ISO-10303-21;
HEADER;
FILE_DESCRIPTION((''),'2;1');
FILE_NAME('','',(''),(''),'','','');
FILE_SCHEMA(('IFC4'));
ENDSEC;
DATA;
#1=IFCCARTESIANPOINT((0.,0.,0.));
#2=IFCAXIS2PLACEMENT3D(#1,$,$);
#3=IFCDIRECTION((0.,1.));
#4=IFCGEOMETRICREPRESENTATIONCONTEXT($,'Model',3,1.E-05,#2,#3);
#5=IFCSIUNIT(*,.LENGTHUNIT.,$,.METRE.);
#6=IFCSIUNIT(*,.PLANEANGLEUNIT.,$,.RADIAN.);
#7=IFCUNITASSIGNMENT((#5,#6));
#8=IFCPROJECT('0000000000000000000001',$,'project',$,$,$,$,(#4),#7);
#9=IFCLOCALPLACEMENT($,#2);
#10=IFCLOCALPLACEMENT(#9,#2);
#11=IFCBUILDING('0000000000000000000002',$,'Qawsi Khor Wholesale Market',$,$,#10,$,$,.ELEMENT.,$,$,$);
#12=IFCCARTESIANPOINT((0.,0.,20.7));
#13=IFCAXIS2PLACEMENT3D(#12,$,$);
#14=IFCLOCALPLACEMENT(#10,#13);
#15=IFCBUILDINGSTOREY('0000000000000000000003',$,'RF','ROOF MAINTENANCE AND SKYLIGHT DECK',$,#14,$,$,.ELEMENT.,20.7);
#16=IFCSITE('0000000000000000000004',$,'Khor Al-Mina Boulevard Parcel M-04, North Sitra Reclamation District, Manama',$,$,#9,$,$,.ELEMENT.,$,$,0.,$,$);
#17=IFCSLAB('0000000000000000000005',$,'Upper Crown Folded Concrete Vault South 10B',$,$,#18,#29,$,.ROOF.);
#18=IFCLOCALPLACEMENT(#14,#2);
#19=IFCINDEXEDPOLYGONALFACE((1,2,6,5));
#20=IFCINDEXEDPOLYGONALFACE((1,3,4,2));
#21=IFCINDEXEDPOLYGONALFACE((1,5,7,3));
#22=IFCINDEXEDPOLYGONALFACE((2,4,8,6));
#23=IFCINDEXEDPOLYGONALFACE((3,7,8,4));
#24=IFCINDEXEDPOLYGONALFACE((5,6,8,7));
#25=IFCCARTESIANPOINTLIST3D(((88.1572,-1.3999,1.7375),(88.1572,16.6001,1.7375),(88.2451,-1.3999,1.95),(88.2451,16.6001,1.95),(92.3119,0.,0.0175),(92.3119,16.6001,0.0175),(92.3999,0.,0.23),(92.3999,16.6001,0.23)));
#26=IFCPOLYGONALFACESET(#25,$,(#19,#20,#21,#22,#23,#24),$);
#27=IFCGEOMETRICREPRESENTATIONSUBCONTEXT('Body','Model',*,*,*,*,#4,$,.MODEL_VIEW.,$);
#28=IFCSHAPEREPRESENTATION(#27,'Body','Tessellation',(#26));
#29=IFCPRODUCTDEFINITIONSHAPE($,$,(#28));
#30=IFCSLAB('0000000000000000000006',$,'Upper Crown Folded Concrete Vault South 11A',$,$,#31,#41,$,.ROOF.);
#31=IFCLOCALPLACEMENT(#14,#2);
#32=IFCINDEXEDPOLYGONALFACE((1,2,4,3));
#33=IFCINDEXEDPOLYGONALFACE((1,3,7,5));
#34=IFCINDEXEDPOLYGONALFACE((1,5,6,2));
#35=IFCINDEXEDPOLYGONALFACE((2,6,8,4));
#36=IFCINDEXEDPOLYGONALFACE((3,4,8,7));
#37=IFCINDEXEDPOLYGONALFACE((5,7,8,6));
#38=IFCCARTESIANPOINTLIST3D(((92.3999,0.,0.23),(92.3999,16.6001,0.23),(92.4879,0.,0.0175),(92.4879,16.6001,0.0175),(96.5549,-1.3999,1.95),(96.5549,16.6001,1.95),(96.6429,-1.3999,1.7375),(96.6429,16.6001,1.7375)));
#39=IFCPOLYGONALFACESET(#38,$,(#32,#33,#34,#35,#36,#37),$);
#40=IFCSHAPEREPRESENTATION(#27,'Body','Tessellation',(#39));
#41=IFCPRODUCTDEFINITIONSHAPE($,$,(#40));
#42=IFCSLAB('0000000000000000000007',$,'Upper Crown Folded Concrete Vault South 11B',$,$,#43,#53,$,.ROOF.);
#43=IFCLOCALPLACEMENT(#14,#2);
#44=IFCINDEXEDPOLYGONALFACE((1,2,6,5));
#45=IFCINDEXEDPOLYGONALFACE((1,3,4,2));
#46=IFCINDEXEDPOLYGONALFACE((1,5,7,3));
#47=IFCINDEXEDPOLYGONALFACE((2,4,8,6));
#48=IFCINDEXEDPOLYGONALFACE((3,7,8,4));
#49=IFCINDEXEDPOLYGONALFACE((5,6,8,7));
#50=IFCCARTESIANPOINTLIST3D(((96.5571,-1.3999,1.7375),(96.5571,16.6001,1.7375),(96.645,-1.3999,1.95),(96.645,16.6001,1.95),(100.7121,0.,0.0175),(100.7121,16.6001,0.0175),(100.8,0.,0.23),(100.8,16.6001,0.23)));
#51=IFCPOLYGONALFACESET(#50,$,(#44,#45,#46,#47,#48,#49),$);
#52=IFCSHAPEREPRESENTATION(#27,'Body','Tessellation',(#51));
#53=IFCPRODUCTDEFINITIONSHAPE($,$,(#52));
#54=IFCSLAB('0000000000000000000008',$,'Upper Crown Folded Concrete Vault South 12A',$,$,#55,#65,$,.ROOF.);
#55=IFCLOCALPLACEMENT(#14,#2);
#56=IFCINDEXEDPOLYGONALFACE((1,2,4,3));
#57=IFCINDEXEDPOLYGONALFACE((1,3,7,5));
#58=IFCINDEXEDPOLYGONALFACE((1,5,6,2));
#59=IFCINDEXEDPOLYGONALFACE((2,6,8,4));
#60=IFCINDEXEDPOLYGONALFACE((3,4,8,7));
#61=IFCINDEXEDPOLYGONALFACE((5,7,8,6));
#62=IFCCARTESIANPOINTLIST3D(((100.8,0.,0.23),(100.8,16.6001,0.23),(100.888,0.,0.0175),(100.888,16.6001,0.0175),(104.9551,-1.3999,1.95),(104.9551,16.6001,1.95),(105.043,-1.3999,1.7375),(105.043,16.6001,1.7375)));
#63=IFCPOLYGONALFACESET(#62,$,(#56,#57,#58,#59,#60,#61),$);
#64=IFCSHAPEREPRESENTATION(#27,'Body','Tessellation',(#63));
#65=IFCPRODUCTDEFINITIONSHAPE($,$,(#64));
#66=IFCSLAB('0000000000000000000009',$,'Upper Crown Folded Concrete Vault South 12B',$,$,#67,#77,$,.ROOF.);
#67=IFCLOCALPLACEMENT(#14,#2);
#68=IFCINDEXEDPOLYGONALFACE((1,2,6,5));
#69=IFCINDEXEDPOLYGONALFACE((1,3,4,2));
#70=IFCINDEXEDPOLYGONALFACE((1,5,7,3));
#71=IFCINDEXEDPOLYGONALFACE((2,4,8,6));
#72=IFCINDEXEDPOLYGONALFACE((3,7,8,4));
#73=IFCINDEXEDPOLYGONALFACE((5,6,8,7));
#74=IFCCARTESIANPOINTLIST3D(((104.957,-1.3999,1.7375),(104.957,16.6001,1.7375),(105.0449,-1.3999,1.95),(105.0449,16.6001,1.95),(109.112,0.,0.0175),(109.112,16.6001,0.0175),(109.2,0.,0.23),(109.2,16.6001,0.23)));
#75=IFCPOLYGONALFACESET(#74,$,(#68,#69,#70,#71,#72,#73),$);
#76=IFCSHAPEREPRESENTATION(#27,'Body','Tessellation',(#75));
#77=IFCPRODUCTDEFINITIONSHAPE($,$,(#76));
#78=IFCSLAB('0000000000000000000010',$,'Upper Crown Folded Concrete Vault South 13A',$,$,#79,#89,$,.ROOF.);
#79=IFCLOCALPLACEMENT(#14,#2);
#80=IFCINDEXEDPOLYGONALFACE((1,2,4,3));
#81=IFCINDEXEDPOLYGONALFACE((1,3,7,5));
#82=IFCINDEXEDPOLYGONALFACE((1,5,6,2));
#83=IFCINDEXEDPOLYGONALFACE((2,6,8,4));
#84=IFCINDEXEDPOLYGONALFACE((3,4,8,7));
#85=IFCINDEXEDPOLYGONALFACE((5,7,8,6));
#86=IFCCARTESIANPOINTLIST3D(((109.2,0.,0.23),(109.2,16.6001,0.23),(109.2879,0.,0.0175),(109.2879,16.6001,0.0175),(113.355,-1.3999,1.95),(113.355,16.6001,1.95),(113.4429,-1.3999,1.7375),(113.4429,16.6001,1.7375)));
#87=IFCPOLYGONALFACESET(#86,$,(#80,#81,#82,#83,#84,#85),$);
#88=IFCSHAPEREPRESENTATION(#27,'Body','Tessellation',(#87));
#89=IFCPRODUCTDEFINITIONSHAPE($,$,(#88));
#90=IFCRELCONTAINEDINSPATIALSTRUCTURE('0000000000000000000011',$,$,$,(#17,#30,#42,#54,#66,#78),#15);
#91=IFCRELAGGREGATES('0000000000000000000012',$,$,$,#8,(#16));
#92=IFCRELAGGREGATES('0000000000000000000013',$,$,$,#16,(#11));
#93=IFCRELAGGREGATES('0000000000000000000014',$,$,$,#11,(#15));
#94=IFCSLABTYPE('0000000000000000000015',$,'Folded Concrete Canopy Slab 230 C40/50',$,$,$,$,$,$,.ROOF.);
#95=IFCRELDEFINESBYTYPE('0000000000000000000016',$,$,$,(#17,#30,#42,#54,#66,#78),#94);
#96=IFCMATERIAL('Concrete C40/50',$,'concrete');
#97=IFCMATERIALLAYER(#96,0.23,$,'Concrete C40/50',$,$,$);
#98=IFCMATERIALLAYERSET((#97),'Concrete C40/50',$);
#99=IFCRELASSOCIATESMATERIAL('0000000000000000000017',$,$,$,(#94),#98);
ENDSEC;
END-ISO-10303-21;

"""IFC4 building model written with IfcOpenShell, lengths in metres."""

from ifc_helpers import new_model, si_unit, direction, frame, origin, place, context, subcontext, project, spatial, polyline, outline, extrude, material, layer, layer_set, type_object, element, save


model = new_model("IFC4")

# Units and contexts
model_context = context("Model", 3, precision=1e-05, world=origin(), true_north=direction((0.0, 1.0)))
body_context = subcontext(model_context, "Body", "Model", "MODEL_VIEW")
ifc_project = project(units=[si_unit("LENGTHUNIT", "METRE"), si_unit("PLANEANGLEUNIT", "RADIAN")], contexts=[model_context])

# Site, building, storey
site_placement = place(None, origin())
site = spatial("IfcSite", under=ifc_project, at=site_placement, Name="Khor Al-Mina Boulevard Parcel M-04, North Sitra Reclamation District, Manama", CompositionType="ELEMENT", RefElevation=0.0)
building_placement = place(site_placement, origin())
building = spatial("IfcBuilding", under=site, at=building_placement, Name="Qawsi Khor Wholesale Market", CompositionType="ELEMENT")
storey_placement = place(building_placement, frame((0.0, 0.0, 20.7)))
storey = spatial("IfcBuildingStorey", under=building, at=storey_placement, Name="RF", Description="ROOF MAINTENANCE AND SKYLIGHT DECK", CompositionType="ELEMENT", Elevation=20.7)

# Slabs
ifc_material_1 = material(Name="Concrete C40/50", Category="concrete")
ifc_layer = layer(ifc_material_1, 0.23, Name="Concrete C40/50")
ifc_layer_set = layer_set([ifc_layer], Name="Concrete C40/50")
slab_type = type_object("IfcSlabType", Name="Folded Concrete Canopy Slab 230 C40/50", PredefinedType="ROOF", material=ifc_layer_set)
slab_1_placement = place(storey_placement, frame((88.2451, -1.3999, 1.95), z_axis=(0.382494, 0.0, 0.923958), x_axis=(0.882196, 0.297245, -0.365206)))
element("IfcSlab", 1, at=slab_1_placement, inside=storey, type_object=slab_type, Name="Upper Crown Folded Concrete Vault South 10B", PredefinedType="ROOF", context=body_context, shape_type="SweptSolid", body=[
    extrude(outline(polyline([(0.0, 0.0), (4.7096, 0.0), (9.6439, 15.8498), (5.3504, 17.1864), (0.0, 0.0)])), origin(), (0.0, 0.0, -1.0), 0.23),
])
slab_2_placement = place(storey_placement, frame((92.3999, 0.0, 0.23), z_axis=(-0.382475, 0.0, 0.923966), x_axis=(0.882208, -0.297231, 0.365189)))
element("IfcSlab", 2, at=slab_2_placement, inside=storey, type_object=slab_type, Name="Upper Crown Folded Concrete Vault South 11A", PredefinedType="ROOF", context=body_context, shape_type="SweptSolid", body=[
    extrude(outline(polyline([(0.0, 0.0), (4.7098, 0.0), (-0.6404, 17.1865), (-4.9341, 15.8499), (0.0, 0.0)])), origin(), (0.0, 0.0, -1.0), 0.23),
])
slab_3_placement = place(storey_placement, frame((96.645, -1.3999, 1.95), z_axis=(0.382475, 0.0, 0.923966), x_axis=(0.882208, 0.297231, -0.365189)))
element("IfcSlab", 3, at=slab_3_placement, inside=storey, type_object=slab_type, Name="Upper Crown Folded Concrete Vault South 11B", PredefinedType="ROOF", context=body_context, shape_type="SweptSolid", body=[
    extrude(outline(polyline([(0.0, 0.0), (4.7098, 0.0), (9.6439, 15.8499), (5.3502, 17.1865), (0.0, 0.0)])), origin(), (0.0, 0.0, -1.0), 0.23),
])
slab_4_placement = place(storey_placement, frame((100.8, 0.0, 0.23), z_axis=(-0.382475, 0.0, 0.923966), x_axis=(0.882208, -0.297231, 0.365189)))
element("IfcSlab", 4, at=slab_4_placement, inside=storey, type_object=slab_type, Name="Upper Crown Folded Concrete Vault South 12A", PredefinedType="ROOF", context=body_context, shape_type="SweptSolid", body=[
    extrude(outline(polyline([(0.0, 0.0), (4.7098, 0.0), (-0.6404, 17.1865), (-4.9341, 15.8499), (0.0, 0.0)])), origin(), (0.0, 0.0, -1.0), 0.23),
])
slab_5_placement = place(storey_placement, frame((105.0449, -1.3999, 1.95), z_axis=(0.382475, 0.0, 0.923966), x_axis=(0.882208, 0.297231, -0.365189)))
element("IfcSlab", 5, at=slab_5_placement, inside=storey, type_object=slab_type, Name="Upper Crown Folded Concrete Vault South 12B", PredefinedType="ROOF", context=body_context, shape_type="SweptSolid", body=[
    extrude(outline(polyline([(0.0, 0.0), (4.7098, 0.0), (9.6439, 15.8499), (5.3502, 17.1865), (0.0, 0.0)])), origin(), (0.0, 0.0, -1.0), 0.23),
])
slab_6_placement = place(storey_placement, frame((109.2, 0.0, 0.23), z_axis=(-0.382475, 0.0, 0.923966), x_axis=(0.882208, -0.297231, 0.365189)))
element("IfcSlab", 6, at=slab_6_placement, inside=storey, type_object=slab_type, Name="Upper Crown Folded Concrete Vault South 13A", PredefinedType="ROOF", context=body_context, shape_type="SweptSolid", body=[
    extrude(outline(polyline([(0.0, 0.0), (4.7098, 0.0), (-0.6404, 17.1865), (-4.9341, 15.8499), (0.0, 0.0)])), origin(), (0.0, 0.0, -1.0), 0.23),
])

save(model, "model.ifc")
